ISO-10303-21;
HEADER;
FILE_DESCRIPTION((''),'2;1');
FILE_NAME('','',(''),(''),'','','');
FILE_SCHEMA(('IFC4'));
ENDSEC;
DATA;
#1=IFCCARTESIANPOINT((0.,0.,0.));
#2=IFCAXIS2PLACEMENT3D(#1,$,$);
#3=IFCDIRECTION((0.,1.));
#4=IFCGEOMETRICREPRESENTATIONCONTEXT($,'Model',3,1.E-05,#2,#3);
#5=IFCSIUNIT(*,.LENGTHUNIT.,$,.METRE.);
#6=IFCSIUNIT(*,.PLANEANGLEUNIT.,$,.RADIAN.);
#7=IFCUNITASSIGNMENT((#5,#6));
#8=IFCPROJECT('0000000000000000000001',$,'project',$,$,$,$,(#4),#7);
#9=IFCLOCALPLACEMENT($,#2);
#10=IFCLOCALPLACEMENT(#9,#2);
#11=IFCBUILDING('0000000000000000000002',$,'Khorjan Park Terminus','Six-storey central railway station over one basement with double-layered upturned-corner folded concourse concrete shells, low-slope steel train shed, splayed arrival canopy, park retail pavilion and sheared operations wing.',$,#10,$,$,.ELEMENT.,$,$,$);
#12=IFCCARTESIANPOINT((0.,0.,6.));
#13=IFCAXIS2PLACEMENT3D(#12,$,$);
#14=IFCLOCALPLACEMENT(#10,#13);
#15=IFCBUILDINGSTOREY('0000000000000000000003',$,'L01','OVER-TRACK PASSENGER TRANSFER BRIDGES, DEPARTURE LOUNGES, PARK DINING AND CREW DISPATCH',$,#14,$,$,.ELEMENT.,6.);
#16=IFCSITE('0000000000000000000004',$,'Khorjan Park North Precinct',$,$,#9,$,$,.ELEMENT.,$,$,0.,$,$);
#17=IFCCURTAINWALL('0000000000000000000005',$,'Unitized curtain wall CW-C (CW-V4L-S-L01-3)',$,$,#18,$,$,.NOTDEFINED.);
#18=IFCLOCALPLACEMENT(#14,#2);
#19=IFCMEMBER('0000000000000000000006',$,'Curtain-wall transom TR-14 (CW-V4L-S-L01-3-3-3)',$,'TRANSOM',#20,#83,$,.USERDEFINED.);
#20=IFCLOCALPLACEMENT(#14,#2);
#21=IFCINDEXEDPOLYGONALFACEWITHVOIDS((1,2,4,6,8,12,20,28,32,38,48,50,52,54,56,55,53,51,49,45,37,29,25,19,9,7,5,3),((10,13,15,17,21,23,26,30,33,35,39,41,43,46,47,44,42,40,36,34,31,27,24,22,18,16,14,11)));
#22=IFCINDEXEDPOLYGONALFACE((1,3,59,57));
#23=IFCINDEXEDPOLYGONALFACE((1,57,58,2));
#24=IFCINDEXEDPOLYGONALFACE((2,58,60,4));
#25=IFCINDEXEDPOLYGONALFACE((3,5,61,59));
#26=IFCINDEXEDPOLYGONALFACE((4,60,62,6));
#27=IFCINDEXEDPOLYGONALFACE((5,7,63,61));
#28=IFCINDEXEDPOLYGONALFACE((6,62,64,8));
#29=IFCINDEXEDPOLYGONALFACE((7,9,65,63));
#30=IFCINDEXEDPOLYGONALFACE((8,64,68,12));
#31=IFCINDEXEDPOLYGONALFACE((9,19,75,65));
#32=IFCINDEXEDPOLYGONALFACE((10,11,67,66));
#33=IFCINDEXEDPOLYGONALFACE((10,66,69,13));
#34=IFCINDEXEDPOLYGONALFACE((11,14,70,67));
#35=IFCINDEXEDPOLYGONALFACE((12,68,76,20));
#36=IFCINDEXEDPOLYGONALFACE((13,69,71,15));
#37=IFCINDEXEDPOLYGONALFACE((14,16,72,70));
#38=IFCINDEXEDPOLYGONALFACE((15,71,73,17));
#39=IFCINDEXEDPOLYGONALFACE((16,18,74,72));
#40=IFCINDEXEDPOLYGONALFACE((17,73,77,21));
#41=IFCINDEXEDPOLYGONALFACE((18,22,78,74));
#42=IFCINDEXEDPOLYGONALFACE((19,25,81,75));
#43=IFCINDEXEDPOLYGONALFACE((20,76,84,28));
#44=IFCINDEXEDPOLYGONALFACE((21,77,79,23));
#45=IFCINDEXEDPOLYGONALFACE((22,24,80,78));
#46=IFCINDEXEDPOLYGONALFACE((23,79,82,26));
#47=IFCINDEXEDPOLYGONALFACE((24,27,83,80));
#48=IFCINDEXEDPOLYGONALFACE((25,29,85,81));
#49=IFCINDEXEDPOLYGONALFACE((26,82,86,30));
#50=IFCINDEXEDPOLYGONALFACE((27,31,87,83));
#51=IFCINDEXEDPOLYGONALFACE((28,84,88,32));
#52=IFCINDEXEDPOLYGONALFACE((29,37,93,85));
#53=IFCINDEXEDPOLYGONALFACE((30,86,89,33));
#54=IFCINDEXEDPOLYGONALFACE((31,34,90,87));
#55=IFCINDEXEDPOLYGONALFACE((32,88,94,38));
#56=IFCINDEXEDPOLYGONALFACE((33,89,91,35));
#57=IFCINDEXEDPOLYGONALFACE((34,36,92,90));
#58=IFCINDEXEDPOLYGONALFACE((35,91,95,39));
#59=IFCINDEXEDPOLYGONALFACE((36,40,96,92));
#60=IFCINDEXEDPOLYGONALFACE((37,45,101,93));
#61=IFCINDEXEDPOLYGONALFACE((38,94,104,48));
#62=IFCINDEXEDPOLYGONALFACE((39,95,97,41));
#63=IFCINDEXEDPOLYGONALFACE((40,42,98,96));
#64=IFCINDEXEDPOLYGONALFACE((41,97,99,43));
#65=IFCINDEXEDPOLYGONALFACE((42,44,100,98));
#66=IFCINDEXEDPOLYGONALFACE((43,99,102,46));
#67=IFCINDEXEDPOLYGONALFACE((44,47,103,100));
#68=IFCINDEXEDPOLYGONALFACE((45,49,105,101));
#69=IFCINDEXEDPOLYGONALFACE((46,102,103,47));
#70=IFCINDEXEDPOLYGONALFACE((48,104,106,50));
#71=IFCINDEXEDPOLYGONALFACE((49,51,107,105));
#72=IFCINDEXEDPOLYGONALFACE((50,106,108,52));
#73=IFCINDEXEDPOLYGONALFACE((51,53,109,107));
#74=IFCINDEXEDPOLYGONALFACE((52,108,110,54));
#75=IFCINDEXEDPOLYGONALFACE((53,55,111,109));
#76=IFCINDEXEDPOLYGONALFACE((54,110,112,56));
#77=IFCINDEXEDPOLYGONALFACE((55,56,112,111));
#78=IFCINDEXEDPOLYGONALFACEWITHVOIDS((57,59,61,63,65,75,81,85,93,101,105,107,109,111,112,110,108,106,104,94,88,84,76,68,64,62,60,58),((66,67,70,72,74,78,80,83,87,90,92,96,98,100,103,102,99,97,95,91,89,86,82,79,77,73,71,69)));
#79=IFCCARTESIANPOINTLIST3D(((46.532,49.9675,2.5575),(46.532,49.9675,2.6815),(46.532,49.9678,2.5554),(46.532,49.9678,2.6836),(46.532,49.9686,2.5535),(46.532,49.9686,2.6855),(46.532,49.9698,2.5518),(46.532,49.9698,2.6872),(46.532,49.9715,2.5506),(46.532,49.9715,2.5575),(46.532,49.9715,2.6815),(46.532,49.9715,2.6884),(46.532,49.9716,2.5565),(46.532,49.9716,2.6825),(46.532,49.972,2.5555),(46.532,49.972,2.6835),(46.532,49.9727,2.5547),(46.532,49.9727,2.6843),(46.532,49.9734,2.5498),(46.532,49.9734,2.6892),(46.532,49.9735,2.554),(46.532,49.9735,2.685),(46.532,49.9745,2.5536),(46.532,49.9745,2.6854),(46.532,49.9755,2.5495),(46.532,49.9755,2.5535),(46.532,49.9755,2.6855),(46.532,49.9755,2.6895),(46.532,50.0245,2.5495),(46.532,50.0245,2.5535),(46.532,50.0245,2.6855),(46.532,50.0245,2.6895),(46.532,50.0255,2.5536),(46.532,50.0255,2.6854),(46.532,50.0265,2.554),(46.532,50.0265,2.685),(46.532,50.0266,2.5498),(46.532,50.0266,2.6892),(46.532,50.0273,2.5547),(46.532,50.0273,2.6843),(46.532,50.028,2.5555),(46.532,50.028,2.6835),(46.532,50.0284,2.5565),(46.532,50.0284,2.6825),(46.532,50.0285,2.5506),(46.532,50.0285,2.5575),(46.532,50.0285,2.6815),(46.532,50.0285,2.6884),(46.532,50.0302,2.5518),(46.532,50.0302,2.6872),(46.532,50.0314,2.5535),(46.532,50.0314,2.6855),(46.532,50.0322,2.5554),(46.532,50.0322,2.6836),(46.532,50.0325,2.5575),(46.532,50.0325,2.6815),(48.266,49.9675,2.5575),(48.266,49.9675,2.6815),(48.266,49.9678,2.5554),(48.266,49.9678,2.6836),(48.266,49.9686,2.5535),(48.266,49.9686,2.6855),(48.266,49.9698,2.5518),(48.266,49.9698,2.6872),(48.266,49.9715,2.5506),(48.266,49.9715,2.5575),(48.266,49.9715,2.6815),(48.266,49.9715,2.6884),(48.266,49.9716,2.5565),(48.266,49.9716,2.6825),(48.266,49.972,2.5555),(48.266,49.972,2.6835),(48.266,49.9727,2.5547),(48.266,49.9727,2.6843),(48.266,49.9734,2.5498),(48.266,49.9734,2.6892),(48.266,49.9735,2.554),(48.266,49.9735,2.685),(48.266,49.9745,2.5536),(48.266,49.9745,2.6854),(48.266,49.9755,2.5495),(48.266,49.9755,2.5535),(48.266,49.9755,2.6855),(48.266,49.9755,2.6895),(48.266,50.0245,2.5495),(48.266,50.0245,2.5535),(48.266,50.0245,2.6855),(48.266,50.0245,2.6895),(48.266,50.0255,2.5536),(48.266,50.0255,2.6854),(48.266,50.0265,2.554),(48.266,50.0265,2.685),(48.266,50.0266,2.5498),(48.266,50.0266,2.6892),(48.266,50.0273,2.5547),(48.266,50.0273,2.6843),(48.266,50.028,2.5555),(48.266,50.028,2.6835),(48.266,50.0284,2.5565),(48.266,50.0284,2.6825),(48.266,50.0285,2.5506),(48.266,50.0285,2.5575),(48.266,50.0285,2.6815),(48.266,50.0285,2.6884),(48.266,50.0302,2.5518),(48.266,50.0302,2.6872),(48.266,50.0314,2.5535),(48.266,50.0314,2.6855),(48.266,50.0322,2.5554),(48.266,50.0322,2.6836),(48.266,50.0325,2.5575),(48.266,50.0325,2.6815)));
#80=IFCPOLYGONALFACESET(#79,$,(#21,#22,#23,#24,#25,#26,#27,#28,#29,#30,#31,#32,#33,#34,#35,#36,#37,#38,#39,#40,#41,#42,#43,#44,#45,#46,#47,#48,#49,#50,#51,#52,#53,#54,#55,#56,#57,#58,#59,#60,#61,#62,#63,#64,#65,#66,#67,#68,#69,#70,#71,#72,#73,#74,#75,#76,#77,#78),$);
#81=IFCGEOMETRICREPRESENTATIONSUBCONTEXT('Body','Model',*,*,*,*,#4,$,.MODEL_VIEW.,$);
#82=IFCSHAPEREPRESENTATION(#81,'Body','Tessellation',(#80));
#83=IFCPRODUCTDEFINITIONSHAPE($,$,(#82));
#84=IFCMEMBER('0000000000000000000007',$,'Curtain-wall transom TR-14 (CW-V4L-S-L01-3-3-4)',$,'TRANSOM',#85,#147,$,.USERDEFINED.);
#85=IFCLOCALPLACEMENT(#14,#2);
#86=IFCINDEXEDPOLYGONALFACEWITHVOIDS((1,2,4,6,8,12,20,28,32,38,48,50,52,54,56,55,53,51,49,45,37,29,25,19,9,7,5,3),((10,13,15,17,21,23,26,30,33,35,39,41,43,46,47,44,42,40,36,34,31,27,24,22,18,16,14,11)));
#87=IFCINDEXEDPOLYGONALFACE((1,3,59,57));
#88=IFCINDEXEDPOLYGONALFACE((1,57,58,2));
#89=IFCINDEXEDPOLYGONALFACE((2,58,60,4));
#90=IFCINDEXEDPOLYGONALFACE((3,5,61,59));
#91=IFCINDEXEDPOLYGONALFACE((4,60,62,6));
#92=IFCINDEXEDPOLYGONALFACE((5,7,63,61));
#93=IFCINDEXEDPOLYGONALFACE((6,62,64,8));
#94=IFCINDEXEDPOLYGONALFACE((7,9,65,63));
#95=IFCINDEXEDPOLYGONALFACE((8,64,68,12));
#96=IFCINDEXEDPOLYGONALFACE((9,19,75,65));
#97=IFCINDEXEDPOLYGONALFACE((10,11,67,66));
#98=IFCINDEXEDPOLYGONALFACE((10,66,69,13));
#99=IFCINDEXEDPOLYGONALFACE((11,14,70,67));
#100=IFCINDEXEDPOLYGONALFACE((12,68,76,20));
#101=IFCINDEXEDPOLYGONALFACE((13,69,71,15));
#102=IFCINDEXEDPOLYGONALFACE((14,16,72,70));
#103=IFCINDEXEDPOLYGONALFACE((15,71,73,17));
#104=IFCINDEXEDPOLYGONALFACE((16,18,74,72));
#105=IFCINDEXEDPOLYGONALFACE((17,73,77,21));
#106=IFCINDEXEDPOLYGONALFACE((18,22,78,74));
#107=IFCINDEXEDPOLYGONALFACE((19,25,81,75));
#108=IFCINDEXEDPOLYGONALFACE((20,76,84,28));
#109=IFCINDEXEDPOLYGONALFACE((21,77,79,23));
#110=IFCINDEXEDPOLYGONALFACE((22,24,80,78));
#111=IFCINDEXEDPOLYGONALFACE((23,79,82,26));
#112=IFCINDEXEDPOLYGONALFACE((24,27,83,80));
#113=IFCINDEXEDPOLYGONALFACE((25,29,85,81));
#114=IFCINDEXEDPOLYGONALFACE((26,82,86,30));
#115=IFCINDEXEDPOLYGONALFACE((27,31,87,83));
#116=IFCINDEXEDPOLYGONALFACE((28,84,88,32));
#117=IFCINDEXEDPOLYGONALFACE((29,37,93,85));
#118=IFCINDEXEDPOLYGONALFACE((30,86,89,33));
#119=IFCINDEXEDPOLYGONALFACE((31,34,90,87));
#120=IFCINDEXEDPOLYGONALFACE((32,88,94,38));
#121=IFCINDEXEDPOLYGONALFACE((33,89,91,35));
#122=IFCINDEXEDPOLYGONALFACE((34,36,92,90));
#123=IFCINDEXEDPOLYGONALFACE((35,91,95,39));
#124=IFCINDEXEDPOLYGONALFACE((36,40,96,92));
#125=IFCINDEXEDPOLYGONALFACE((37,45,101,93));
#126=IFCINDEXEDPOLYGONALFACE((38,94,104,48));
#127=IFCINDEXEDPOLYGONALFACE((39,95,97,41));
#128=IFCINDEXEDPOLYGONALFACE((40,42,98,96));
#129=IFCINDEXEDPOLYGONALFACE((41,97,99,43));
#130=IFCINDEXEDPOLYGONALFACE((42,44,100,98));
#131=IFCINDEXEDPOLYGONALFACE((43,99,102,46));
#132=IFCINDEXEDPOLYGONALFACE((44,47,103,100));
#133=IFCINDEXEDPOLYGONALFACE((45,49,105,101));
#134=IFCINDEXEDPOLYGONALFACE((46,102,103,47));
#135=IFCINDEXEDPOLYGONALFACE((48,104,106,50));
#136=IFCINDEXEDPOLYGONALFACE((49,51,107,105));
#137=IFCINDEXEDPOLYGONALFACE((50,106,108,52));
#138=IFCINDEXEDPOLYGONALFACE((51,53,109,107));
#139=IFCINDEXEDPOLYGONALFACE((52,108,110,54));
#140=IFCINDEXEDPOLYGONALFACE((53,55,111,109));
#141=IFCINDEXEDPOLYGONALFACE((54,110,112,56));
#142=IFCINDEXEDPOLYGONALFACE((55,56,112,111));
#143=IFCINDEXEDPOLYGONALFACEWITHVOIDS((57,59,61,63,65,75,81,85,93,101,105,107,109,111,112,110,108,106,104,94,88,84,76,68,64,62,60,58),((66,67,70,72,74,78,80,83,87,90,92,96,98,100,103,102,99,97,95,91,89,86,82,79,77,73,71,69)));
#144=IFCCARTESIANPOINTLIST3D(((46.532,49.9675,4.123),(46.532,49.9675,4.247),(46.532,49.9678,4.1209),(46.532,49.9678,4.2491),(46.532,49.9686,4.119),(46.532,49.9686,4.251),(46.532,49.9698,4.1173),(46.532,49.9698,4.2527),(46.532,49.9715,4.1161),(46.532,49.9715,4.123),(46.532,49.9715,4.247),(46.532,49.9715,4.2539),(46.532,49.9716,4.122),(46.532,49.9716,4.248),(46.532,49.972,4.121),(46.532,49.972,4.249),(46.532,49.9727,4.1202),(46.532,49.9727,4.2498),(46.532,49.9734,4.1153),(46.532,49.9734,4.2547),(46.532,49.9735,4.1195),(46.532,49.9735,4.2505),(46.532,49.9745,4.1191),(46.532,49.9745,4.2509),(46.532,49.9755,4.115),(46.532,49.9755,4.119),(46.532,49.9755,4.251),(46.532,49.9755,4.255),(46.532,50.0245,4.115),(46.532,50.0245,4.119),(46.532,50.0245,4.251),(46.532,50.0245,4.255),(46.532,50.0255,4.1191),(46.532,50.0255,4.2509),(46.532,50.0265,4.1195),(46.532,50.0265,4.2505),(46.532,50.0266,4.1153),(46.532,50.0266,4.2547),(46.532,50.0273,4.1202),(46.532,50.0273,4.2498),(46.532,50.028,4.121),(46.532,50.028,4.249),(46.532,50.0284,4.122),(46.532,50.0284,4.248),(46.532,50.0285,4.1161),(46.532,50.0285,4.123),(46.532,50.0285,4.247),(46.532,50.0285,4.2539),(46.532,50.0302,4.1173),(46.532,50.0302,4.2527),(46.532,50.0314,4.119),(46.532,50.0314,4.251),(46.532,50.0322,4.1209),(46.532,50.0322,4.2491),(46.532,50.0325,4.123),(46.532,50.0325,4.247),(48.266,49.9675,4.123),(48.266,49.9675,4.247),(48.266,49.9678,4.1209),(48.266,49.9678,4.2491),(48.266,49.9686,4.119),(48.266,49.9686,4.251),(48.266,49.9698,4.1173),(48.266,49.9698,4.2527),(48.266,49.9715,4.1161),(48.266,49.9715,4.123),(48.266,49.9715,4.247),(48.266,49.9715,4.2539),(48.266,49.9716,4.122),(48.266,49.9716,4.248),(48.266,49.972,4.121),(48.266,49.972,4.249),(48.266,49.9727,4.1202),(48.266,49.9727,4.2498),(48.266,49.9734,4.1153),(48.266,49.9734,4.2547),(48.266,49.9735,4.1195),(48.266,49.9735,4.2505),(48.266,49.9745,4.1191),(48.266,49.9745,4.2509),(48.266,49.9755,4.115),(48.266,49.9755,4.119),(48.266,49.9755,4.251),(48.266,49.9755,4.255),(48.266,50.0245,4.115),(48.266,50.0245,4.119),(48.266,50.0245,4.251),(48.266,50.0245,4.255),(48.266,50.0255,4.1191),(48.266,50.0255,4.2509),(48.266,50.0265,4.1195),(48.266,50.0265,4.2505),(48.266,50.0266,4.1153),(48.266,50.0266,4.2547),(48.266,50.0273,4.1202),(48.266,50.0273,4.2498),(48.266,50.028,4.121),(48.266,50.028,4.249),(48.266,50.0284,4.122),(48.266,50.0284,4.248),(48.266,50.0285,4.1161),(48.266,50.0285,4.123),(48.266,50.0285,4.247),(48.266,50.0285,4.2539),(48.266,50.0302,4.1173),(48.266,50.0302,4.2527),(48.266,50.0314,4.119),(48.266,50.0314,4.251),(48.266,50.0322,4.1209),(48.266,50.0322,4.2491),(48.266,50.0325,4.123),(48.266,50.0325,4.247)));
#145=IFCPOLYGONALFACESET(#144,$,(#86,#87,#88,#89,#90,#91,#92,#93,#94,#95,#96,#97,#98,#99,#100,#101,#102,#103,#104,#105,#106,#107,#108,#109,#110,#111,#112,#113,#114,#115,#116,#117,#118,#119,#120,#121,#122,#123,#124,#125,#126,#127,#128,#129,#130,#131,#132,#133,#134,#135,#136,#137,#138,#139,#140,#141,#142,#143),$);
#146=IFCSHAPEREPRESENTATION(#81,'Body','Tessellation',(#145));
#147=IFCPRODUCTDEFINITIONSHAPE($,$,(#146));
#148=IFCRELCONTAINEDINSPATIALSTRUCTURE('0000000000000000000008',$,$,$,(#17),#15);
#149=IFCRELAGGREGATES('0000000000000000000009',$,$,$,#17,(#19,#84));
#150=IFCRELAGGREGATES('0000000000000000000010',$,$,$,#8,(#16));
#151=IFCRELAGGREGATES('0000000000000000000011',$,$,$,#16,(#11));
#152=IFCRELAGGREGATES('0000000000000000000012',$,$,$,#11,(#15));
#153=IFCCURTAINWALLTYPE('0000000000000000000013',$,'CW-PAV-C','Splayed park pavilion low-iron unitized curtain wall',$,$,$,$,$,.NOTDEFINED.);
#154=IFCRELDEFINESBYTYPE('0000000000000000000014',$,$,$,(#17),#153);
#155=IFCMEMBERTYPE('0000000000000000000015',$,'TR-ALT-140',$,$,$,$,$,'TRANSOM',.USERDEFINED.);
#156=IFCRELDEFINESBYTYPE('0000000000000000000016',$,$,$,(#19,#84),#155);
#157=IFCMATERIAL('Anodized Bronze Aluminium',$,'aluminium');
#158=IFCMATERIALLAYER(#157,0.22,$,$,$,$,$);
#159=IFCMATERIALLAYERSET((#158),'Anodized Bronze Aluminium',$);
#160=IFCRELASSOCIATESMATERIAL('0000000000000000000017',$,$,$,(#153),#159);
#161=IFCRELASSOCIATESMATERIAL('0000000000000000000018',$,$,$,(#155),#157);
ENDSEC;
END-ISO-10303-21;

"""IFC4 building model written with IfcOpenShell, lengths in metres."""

from ifc_helpers import new_model, si_unit, direction, frame, origin, origin_2d, place, context, subcontext, project, spatial, hollow_rectangle, extrude, material, layer, layer_set, material_profile, profile_set, type_object, element, aggregate, save


model = new_model("IFC4")

# Units and contexts
model_context = context("Model", 3, precision=1e-05, world=origin(), true_north=direction((0.0, 1.0)))
body_context = subcontext(model_context, "Body", "Model", "MODEL_VIEW")
ifc_project = project(units=[si_unit("LENGTHUNIT", "METRE"), si_unit("PLANEANGLEUNIT", "RADIAN")], contexts=[model_context])

# Site, building, storey
site_placement = place(None, origin())
site = spatial("IfcSite", under=ifc_project, at=site_placement, Name="Khorjan Park North Precinct", CompositionType="ELEMENT", RefElevation=0.0)
building_placement = place(site_placement, origin())
building = spatial("IfcBuilding", under=site, at=building_placement, Name="Khorjan Park Terminus", Description="Six-storey central railway station over one basement with double-layered upturned-corner folded concourse concrete shells, low-slope steel train shed, splayed arrival canopy, park retail pavilion and sheared operations wing.", CompositionType="ELEMENT")
storey_placement = place(building_placement, frame((0.0, 0.0, 6.0)))
storey = spatial("IfcBuildingStorey", under=building, at=storey_placement, Name="L01", Description="OVER-TRACK PASSENGER TRANSFER BRIDGES, DEPARTURE LOUNGES, PARK DINING AND CREW DISPATCH", CompositionType="ELEMENT", Elevation=6.0)

# Curtain wall
ifc_material_1 = material(Name="Anodized Bronze Aluminium", Category="aluminium")
ifc_layer_1 = layer(ifc_material_1, 0.22)
ifc_layer_set_1 = layer_set([ifc_layer_1], Name="Anodized Bronze Aluminium")
curtain_wall_type_1 = type_object("IfcCurtainWallType", Name="CW-PAV-C", Description="Splayed park pavilion low-iron unitized curtain wall", PredefinedType="NOTDEFINED", material=ifc_layer_set_1)
curtain_wall_1_placement = place(storey_placement, origin())
curtain_wall_1 = element("IfcCurtainWall", 1, at=curtain_wall_1_placement, inside=storey, type_object=curtain_wall_type_1, Name="Unitized curtain wall CW-C (CW-V4L-S-L01-3)", PredefinedType="NOTDEFINED")

# Members
ifc_material_profile_1 = material_profile(ifc_material_1, hollow_rectangle(XDim=0.065, YDim=0.14, WallThickness=0.004, InnerFilletRadius=0.004, OuterFilletRadius=0.008, at=origin_2d()), Name="ALT 65x140x4")
ifc_profile_set_1 = profile_set([ifc_material_profile_1], Name="Anodized Bronze Aluminium")
member_type_1 = type_object("IfcMemberType", Name="TR-ALT-140", ElementType="TRANSOM", PredefinedType="USERDEFINED", material=ifc_profile_set_1)
member_1_placement = place(storey_placement, frame((46.532, 50.0, 2.6195), z_axis=(1.0, 0.0, 0.0), x_axis=(0.0, 1.0, 0.0)))
member_1 = element("IfcMember", 2, at=member_1_placement, type_object=member_type_1, Name="Curtain-wall transom TR-14 (CW-V4L-S-L01-3-3-3)", ObjectType="TRANSOM", PredefinedType="USERDEFINED", context=body_context, shape_type="SweptSolid", body=[
    extrude(hollow_rectangle(XDim=0.065, YDim=0.14, WallThickness=0.004, InnerFilletRadius=0.004, OuterFilletRadius=0.008, at=origin_2d()), origin(), (0.0, 0.0, 1.0), 1.734),
])
member_2_placement = place(storey_placement, frame((46.532, 50.0, 4.185), z_axis=(1.0, 0.0, 0.0), x_axis=(0.0, 1.0, 0.0)))
member_2 = element("IfcMember", 3, at=member_2_placement, type_object=member_type_1, Name="Curtain-wall transom TR-14 (CW-V4L-S-L01-3-3-4)", ObjectType="TRANSOM", PredefinedType="USERDEFINED", context=body_context, shape_type="SweptSolid", body=[
    extrude(hollow_rectangle(XDim=0.065, YDim=0.14, WallThickness=0.004, InnerFilletRadius=0.004, OuterFilletRadius=0.008, at=origin_2d()), origin(), (0.0, 0.0, 1.0), 1.734),
])

aggregate(curtain_wall_1, [member_1, member_2])

save(model, "model.ifc")
